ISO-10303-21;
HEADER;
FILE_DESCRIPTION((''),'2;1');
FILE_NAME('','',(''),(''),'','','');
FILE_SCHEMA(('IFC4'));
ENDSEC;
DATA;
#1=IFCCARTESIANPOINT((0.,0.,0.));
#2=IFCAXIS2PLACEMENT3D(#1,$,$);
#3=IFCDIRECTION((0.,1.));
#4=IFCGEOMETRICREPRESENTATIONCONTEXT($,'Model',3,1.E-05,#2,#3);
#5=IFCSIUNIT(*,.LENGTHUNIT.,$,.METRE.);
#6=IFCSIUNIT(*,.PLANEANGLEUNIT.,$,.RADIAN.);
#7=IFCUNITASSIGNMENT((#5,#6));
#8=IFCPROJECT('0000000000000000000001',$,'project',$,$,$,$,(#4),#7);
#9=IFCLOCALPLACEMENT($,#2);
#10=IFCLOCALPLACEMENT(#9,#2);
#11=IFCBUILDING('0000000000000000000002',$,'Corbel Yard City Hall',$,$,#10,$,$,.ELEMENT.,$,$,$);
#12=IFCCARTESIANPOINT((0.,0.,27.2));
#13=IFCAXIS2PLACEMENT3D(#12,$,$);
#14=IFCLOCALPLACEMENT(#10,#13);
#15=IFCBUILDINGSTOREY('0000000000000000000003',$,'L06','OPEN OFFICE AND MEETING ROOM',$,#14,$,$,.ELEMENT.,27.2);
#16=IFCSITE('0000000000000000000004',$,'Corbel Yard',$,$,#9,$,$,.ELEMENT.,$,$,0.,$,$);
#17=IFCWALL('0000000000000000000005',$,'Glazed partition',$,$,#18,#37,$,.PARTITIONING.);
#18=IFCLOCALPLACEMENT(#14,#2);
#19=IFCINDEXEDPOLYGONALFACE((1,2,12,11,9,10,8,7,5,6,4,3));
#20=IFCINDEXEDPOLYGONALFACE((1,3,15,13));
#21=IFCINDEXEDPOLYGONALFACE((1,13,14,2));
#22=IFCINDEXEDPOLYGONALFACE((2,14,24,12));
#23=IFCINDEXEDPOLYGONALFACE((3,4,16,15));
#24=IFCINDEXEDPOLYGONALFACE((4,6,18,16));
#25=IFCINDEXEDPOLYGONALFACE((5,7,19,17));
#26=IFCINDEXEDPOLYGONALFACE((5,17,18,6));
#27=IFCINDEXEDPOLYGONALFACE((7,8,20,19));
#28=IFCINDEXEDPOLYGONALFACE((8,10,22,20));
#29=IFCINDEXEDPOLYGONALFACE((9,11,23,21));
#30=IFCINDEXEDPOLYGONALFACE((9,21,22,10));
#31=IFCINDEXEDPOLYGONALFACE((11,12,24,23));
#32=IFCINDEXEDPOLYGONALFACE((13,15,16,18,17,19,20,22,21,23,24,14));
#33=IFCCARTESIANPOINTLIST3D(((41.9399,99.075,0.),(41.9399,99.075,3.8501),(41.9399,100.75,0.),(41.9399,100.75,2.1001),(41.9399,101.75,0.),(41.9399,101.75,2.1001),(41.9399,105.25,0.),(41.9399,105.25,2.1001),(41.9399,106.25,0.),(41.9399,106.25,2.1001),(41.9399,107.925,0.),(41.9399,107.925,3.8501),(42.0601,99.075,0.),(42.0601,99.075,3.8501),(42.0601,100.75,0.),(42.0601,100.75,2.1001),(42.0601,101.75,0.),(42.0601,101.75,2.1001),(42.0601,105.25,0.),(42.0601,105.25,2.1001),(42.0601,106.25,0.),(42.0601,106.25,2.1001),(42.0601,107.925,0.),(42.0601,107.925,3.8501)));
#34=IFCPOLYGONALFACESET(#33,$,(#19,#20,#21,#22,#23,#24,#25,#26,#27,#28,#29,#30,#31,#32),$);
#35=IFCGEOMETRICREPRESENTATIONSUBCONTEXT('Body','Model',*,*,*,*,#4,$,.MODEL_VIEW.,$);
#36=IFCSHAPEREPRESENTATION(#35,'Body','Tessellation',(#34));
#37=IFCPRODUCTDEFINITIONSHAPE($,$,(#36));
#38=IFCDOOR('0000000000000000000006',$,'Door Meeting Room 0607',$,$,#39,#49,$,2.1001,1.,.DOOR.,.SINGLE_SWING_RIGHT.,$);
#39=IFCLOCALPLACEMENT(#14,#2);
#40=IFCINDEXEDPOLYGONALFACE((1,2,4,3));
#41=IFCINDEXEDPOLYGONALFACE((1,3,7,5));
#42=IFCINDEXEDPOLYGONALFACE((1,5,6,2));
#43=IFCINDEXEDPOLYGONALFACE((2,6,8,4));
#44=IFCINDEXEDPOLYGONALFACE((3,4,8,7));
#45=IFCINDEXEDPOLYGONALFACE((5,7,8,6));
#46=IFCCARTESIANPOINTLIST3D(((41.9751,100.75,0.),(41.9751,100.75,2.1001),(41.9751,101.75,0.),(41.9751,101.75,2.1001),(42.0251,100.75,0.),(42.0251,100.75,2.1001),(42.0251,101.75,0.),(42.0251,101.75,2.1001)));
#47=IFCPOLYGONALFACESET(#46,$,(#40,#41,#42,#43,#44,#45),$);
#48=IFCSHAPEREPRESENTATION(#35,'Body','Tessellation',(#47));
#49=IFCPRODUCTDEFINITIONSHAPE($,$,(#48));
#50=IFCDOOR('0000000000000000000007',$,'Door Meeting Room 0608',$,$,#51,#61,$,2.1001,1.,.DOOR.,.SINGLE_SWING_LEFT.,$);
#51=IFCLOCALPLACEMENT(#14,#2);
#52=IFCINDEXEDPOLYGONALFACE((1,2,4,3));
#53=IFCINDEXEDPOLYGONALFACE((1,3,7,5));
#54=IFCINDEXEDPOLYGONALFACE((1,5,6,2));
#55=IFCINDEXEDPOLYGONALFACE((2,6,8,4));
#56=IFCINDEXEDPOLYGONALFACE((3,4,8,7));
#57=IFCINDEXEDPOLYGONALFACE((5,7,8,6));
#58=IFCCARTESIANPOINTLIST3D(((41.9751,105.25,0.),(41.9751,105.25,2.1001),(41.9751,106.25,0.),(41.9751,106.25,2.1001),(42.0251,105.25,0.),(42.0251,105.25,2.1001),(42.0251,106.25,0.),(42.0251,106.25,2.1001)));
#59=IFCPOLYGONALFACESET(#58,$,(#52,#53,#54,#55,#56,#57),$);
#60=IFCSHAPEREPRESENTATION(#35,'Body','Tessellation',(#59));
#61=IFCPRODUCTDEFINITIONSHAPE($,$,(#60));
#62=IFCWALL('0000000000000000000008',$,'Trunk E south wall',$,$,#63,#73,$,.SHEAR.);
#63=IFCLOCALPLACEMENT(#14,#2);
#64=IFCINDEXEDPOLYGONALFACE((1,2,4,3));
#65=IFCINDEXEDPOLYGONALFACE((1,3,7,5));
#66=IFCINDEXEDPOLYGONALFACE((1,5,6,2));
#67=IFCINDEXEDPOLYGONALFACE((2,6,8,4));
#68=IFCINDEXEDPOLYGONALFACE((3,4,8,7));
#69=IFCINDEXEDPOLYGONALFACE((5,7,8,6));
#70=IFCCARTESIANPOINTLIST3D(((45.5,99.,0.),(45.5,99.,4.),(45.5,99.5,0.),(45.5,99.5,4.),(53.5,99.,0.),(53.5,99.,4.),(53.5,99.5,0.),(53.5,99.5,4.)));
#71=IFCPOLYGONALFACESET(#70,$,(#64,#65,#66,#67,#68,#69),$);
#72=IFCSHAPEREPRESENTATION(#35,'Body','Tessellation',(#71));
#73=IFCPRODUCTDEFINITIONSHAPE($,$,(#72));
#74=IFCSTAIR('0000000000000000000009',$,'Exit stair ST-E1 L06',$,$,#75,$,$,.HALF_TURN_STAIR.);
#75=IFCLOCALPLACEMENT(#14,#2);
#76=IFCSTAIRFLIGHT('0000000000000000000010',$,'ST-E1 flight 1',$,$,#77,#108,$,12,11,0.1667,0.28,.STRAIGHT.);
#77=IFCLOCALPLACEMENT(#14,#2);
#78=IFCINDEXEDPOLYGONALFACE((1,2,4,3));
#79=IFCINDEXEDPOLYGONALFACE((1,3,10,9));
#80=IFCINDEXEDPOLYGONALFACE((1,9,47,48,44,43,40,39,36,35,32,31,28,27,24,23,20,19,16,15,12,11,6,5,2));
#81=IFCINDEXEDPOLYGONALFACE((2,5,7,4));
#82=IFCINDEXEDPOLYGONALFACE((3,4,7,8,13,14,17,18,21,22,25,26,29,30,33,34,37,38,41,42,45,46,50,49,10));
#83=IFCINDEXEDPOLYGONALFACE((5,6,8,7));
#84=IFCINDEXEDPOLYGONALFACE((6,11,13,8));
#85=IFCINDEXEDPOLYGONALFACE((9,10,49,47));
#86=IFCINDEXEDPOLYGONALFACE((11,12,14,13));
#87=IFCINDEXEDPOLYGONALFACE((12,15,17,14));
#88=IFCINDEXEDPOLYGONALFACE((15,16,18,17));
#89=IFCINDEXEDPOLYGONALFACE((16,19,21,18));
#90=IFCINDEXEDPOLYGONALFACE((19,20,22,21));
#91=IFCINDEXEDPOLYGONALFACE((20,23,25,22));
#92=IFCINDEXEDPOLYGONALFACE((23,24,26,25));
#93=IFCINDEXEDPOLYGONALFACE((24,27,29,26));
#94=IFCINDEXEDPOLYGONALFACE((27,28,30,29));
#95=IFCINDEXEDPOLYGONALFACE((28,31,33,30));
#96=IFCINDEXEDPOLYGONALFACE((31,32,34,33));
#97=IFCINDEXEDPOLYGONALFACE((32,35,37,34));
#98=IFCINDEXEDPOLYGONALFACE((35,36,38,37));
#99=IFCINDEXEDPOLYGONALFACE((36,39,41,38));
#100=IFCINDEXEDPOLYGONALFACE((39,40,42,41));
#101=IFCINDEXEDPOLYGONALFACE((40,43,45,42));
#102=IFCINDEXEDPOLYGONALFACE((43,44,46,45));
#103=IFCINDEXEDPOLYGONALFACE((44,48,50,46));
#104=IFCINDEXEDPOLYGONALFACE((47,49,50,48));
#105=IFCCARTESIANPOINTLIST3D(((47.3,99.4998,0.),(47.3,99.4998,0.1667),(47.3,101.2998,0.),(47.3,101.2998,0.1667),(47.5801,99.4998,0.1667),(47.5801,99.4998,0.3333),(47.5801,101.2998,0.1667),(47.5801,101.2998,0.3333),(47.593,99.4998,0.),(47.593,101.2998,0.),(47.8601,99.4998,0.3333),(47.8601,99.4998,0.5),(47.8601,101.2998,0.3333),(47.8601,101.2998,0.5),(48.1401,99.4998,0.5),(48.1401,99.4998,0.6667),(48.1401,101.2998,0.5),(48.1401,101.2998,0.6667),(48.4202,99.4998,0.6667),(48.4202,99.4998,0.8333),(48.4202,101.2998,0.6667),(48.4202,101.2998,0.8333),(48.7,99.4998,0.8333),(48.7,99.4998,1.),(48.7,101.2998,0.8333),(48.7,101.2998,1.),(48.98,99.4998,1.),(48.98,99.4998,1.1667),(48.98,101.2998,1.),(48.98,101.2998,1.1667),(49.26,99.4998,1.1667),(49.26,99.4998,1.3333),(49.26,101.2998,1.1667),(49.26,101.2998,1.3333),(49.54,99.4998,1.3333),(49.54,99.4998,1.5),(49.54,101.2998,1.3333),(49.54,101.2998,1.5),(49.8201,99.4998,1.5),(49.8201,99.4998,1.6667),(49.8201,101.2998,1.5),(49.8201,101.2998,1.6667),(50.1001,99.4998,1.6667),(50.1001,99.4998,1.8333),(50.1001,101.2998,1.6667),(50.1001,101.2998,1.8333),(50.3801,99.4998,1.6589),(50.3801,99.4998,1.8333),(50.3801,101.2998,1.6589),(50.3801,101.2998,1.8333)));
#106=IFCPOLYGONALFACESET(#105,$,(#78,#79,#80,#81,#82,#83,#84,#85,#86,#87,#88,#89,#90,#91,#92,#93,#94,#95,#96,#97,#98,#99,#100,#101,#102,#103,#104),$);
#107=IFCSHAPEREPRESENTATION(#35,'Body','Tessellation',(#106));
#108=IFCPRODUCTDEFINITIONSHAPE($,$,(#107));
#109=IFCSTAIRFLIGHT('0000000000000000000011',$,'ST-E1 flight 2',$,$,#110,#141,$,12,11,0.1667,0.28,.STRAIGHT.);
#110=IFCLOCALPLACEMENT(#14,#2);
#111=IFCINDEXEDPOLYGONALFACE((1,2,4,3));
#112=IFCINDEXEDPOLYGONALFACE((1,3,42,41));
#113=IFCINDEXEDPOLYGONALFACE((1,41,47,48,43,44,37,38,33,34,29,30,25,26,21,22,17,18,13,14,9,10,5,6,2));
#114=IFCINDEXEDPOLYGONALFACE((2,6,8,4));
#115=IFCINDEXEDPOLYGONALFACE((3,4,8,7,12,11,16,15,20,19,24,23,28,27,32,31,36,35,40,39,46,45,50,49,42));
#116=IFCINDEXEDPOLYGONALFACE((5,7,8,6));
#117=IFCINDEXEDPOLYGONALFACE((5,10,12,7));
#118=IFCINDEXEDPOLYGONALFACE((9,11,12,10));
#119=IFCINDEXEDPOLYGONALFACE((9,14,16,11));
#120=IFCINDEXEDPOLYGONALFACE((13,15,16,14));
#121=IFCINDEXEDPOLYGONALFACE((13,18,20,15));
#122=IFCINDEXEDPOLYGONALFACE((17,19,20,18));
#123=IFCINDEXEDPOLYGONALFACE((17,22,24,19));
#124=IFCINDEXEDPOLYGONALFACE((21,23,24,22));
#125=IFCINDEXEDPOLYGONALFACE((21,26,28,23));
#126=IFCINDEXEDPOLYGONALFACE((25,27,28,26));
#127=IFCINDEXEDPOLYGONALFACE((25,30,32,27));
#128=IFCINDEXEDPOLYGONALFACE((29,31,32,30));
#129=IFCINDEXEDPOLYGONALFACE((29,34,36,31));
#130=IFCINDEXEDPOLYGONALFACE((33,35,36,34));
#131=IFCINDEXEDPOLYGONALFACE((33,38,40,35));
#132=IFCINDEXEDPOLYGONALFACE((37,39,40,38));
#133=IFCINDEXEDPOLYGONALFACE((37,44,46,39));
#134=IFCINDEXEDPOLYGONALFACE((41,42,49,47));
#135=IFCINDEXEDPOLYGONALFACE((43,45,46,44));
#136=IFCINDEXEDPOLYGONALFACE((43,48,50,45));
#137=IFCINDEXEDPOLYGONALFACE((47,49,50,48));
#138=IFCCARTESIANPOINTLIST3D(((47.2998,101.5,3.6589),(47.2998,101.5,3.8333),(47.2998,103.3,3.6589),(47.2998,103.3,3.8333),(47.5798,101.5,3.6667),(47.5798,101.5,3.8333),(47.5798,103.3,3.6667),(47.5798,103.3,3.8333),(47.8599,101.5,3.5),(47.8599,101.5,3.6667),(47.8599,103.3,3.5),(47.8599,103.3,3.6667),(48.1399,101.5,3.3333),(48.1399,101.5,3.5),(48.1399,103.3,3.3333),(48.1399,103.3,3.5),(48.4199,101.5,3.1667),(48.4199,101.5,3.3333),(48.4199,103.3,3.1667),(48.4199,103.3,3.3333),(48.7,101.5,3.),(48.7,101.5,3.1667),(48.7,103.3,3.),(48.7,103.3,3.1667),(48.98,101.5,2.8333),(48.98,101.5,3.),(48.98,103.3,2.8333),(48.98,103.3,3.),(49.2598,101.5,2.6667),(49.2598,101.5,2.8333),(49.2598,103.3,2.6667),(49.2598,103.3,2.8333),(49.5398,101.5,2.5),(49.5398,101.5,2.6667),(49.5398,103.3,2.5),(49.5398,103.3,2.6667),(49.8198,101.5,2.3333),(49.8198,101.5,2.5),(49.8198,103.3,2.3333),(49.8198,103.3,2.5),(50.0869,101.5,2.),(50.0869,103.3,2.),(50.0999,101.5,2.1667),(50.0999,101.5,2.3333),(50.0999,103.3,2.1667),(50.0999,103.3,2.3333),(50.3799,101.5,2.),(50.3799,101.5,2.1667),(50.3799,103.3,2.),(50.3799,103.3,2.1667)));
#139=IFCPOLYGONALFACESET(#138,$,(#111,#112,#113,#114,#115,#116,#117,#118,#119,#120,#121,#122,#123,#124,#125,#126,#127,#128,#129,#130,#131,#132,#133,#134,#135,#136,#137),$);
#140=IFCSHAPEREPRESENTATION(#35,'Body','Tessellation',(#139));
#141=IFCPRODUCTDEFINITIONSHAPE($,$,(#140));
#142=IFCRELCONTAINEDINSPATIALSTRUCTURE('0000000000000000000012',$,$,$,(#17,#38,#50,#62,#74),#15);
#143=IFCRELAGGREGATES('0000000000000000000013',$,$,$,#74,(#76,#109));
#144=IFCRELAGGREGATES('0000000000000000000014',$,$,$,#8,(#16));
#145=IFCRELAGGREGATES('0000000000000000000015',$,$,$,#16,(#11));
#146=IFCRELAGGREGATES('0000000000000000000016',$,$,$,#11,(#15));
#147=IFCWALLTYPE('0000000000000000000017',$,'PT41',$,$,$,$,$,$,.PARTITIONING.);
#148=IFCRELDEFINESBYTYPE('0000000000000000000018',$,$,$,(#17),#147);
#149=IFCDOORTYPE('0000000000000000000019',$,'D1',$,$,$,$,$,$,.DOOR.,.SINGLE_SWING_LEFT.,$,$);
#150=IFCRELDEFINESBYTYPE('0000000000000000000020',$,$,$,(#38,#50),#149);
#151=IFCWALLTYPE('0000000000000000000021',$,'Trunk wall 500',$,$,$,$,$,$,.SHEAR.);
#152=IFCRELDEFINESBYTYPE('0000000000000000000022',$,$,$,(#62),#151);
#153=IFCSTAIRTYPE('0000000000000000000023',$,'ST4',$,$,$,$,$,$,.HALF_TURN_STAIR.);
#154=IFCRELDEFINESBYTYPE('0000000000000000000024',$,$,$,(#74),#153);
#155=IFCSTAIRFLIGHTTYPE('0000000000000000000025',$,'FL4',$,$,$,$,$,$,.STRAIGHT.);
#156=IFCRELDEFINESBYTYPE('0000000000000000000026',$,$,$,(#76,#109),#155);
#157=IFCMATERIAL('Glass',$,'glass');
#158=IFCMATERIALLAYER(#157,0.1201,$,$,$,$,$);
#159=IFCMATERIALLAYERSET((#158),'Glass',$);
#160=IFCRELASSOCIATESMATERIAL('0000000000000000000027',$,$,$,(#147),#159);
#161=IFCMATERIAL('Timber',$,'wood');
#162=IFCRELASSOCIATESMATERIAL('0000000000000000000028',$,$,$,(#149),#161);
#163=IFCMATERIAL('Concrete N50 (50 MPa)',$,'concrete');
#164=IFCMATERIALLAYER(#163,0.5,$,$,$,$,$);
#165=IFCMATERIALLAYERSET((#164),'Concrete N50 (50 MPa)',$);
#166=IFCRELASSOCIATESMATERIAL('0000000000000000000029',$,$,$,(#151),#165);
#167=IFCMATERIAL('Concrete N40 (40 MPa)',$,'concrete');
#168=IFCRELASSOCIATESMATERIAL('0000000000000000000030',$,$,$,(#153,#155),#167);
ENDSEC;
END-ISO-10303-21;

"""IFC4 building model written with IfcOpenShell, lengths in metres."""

from ifc_helpers import new_model, si_unit, direction, frame, frame_2d, origin, place, context, subcontext, project, spatial, polyline, rectangle, outline, extrude, material, layer, layer_set, type_object, element, fill, aggregate, save


model = new_model("IFC4")

# Units and contexts
model_context = context("Model", 3, precision=1e-05, world=origin(), true_north=direction((0.0, 1.0)))
body_context = subcontext(model_context, "Body", "Model", "MODEL_VIEW")
ifc_project = project(units=[si_unit("LENGTHUNIT", "METRE"), si_unit("PLANEANGLEUNIT", "RADIAN")], contexts=[model_context])

# Site, building, storey
site_placement = place(None, origin())
site = spatial("IfcSite", under=ifc_project, at=site_placement, Name="Corbel Yard", CompositionType="ELEMENT", RefElevation=0.0)
building_placement = place(site_placement, origin())
building = spatial("IfcBuilding", under=site, at=building_placement, Name="Corbel Yard City Hall", CompositionType="ELEMENT")
storey_placement = place(building_placement, frame((0.0, 0.0, 27.2)))
storey = spatial("IfcBuildingStorey", under=building, at=storey_placement, Name="L06", Description="OPEN OFFICE AND MEETING ROOM", CompositionType="ELEMENT", Elevation=27.2)

# Shared definitions
ifc_material_1 = material(Name="Concrete N40 (40 MPa)", Category="concrete")

# Wall, openings, doors
ifc_material_2 = material(Name="Glass", Category="glass")
ifc_layer_1 = layer(ifc_material_2, 0.1201)
ifc_layer_set_1 = layer_set([ifc_layer_1], Name="Glass")
wall_type_1 = type_object("IfcWallType", Name="PT41", PredefinedType="PARTITIONING", material=ifc_layer_set_1)
wall_1_placement = place(storey_placement, frame((42.0, 99.075, 0.0), z_axis=(0.0, 0.0, 1.0), x_axis=(0.0, 1.0, 0.0)))
wall_1 = element("IfcWall", 1, at=wall_1_placement, inside=storey, type_object=wall_type_1, Name="Glazed partition", PredefinedType="PARTITIONING", context=body_context, shape_type="SweptSolid", body=[
    extrude(rectangle(XDim=8.8501, YDim=0.1201, at=frame_2d((4.425, 0.0))), origin(), (0.0, 0.0, 1.0), 3.8501),
])
opening_1_placement = place(wall_1_placement, frame((1.675, 0.0, 0.0)))
opening_1 = element("IfcOpeningElement", 2, at=opening_1_placement, cuts=wall_1, PredefinedType="OPENING", context=body_context, shape_type="SweptSolid", body=[
    extrude(rectangle(XDim=1.0, YDim=2.1001, at=frame_2d((0.5, 1.05))), frame((0.0, 0.0701, 0.0), z_axis=(0.0, -1.0, 0.0), x_axis=(1.0, 0.0, 0.0)), (0.0, 0.0, 1.0), 0.1401),
])
opening_2_placement = place(wall_1_placement, frame((6.175, 0.0, 0.0)))
opening_2 = element("IfcOpeningElement", 3, at=opening_2_placement, cuts=wall_1, PredefinedType="OPENING", context=body_context, shape_type="SweptSolid", body=[
    extrude(rectangle(XDim=1.0, YDim=2.1001, at=frame_2d((0.5, 1.05))), frame((0.0, 0.0701, 0.0), z_axis=(0.0, -1.0, 0.0), x_axis=(1.0, 0.0, 0.0)), (0.0, 0.0, 1.0), 0.1401),
])
ifc_material_3 = material(Name="Timber", Category="wood")
door_type = type_object("IfcDoorType", Name="D1", OperationType="SINGLE_SWING_LEFT", PredefinedType="DOOR", material=ifc_material_3)
door_1_placement = place(opening_1_placement, origin())
door_1 = element("IfcDoor", 4, at=door_1_placement, inside=storey, type_object=door_type, Name="Door Meeting Room 0607", OperationType="SINGLE_SWING_RIGHT", OverallHeight=2.1001, OverallWidth=1.0, PredefinedType="DOOR", context=body_context, shape_type="SweptSolid", body=[
    extrude(rectangle(XDim=1.0, YDim=2.1001, at=frame_2d((0.5, 1.05))), frame((0.0, 0.0249, 0.0), z_axis=(0.0, -1.0, 0.0), x_axis=(1.0, 0.0, 0.0)), (0.0, 0.0, 1.0), 0.05),
])
fill(opening_1, door_1)
door_2_placement = place(opening_2_placement, origin())
door_2 = element("IfcDoor", 5, at=door_2_placement, inside=storey, type_object=door_type, Name="Door Meeting Room 0608", OperationType="SINGLE_SWING_LEFT", OverallHeight=2.1001, OverallWidth=1.0, PredefinedType="DOOR", context=body_context, shape_type="SweptSolid", body=[
    extrude(rectangle(XDim=1.0, YDim=2.1001, at=frame_2d((0.5, 1.05))), frame((0.0, 0.0249, 0.0), z_axis=(0.0, -1.0, 0.0), x_axis=(1.0, 0.0, 0.0)), (0.0, 0.0, 1.0), 0.05),
])
fill(opening_2, door_2)

# Wall
ifc_material_4 = material(Name="Concrete N50 (50 MPa)", Category="concrete")
ifc_layer_2 = layer(ifc_material_4, 0.5)
ifc_layer_set_2 = layer_set([ifc_layer_2], Name="Concrete N50 (50 MPa)")
wall_type_2 = type_object("IfcWallType", Name="Trunk wall 500", PredefinedType="SHEAR", material=ifc_layer_set_2)
wall_2_placement = place(storey_placement, frame((45.5, 99.25, 0.0), z_axis=(0.0, 0.0, 1.0), x_axis=(1.0, 0.0, 0.0)))
element("IfcWall", 6, at=wall_2_placement, inside=storey, type_object=wall_type_2, Name="Trunk E south wall", PredefinedType="SHEAR", context=body_context, shape_type="SweptSolid", body=[
    extrude(rectangle(XDim=8.0, YDim=0.5, at=frame_2d((4.0, 0.0))), origin(), (0.0, 0.0, 1.0), 4.0),
])

# Stair, stair flights
stair_type = type_object("IfcStairType", Name="ST4", PredefinedType="HALF_TURN_STAIR", material=ifc_material_1)
stair_placement = place(storey_placement, origin())
stair = element("IfcStair", 7, at=stair_placement, inside=storey, type_object=stair_type, Name="Exit stair ST-E1 L06", PredefinedType="HALF_TURN_STAIR")
stair_flight_type = type_object("IfcStairFlightType", Name="FL4", PredefinedType="STRAIGHT", material=ifc_material_1)
stair_flight_1_placement = place(storey_placement, frame((47.3, 100.3999, 0.0), z_axis=(0.0, 0.0, 1.0), x_axis=(1.0, 0.0, 0.0)))
stair_flight_1 = element("IfcStairFlight", 8, at=stair_flight_1_placement, type_object=stair_flight_type, Name="ST-E1 flight 1", NumberOfRisers=12, NumberOfTreads=11, PredefinedType="STRAIGHT", RiserHeight=0.1667, TreadLength=0.28, context=body_context, shape_type="SweptSolid", body=[
    extrude(outline(polyline([(0.0, 0.0), (0.0, 0.1667), (0.28, 0.1667), (0.28, 0.3333), (0.5601, 0.3333), (0.5601, 0.5), (0.8401, 0.5), (0.8401, 0.6667), (1.1201, 0.6667), (1.1201, 0.8333), (1.3999, 0.8333), (1.3999, 1.0), (1.6799, 1.0), (1.6799, 1.1667), (1.96, 1.1667), (1.96, 1.3333), (2.24, 1.3333), (2.24, 1.5), (2.52, 1.5), (2.52, 1.6667), (2.8, 1.6667), (2.8, 1.8333), (3.0801, 1.8333), (3.0801, 2.0), (3.0801, 1.6589), (0.293, 0.0), (0.0, 0.0)])), frame((0.0, 0.8999, 0.0), z_axis=(0.0, -1.0, 0.0), x_axis=(1.0, 0.0, 0.0)), (0.0, 0.0, 1.0), 1.8),
])
stair_flight_2_placement = place(storey_placement, frame((50.3799, 102.3999, 2.0), z_axis=(0.0, 0.0, 1.0), x_axis=(-1.0, 0.0, 0.0)))
stair_flight_2 = element("IfcStairFlight", 9, at=stair_flight_2_placement, type_object=stair_flight_type, Name="ST-E1 flight 2", NumberOfRisers=12, NumberOfTreads=11, PredefinedType="STRAIGHT", RiserHeight=0.1667, TreadLength=0.28, context=body_context, shape_type="SweptSolid", body=[
    extrude(outline(polyline([(0.0, 0.0), (0.0, 0.1667), (0.28, 0.1667), (0.28, 0.3333), (0.5601, 0.3333), (0.5601, 0.5), (0.8401, 0.5), (0.8401, 0.6667), (1.1201, 0.6667), (1.1201, 0.8333), (1.3999, 0.8333), (1.3999, 1.0), (1.6799, 1.0), (1.6799, 1.1667), (1.96, 1.1667), (1.96, 1.3333), (2.24, 1.3333), (2.24, 1.5), (2.52, 1.5), (2.52, 1.6667), (2.8, 1.6667), (2.8, 1.8333), (3.0801, 1.8333), (3.0801, 2.0), (3.0801, 1.6589), (0.293, 0.0), (0.0, 0.0)])), frame((0.0, 0.8999, 0.0), z_axis=(0.0, -1.0, 0.0), x_axis=(1.0, 0.0, 0.0)), (0.0, 0.0, 1.0), 1.8),
])
aggregate(stair, [stair_flight_1, stair_flight_2])

save(model, "model.ifc")
